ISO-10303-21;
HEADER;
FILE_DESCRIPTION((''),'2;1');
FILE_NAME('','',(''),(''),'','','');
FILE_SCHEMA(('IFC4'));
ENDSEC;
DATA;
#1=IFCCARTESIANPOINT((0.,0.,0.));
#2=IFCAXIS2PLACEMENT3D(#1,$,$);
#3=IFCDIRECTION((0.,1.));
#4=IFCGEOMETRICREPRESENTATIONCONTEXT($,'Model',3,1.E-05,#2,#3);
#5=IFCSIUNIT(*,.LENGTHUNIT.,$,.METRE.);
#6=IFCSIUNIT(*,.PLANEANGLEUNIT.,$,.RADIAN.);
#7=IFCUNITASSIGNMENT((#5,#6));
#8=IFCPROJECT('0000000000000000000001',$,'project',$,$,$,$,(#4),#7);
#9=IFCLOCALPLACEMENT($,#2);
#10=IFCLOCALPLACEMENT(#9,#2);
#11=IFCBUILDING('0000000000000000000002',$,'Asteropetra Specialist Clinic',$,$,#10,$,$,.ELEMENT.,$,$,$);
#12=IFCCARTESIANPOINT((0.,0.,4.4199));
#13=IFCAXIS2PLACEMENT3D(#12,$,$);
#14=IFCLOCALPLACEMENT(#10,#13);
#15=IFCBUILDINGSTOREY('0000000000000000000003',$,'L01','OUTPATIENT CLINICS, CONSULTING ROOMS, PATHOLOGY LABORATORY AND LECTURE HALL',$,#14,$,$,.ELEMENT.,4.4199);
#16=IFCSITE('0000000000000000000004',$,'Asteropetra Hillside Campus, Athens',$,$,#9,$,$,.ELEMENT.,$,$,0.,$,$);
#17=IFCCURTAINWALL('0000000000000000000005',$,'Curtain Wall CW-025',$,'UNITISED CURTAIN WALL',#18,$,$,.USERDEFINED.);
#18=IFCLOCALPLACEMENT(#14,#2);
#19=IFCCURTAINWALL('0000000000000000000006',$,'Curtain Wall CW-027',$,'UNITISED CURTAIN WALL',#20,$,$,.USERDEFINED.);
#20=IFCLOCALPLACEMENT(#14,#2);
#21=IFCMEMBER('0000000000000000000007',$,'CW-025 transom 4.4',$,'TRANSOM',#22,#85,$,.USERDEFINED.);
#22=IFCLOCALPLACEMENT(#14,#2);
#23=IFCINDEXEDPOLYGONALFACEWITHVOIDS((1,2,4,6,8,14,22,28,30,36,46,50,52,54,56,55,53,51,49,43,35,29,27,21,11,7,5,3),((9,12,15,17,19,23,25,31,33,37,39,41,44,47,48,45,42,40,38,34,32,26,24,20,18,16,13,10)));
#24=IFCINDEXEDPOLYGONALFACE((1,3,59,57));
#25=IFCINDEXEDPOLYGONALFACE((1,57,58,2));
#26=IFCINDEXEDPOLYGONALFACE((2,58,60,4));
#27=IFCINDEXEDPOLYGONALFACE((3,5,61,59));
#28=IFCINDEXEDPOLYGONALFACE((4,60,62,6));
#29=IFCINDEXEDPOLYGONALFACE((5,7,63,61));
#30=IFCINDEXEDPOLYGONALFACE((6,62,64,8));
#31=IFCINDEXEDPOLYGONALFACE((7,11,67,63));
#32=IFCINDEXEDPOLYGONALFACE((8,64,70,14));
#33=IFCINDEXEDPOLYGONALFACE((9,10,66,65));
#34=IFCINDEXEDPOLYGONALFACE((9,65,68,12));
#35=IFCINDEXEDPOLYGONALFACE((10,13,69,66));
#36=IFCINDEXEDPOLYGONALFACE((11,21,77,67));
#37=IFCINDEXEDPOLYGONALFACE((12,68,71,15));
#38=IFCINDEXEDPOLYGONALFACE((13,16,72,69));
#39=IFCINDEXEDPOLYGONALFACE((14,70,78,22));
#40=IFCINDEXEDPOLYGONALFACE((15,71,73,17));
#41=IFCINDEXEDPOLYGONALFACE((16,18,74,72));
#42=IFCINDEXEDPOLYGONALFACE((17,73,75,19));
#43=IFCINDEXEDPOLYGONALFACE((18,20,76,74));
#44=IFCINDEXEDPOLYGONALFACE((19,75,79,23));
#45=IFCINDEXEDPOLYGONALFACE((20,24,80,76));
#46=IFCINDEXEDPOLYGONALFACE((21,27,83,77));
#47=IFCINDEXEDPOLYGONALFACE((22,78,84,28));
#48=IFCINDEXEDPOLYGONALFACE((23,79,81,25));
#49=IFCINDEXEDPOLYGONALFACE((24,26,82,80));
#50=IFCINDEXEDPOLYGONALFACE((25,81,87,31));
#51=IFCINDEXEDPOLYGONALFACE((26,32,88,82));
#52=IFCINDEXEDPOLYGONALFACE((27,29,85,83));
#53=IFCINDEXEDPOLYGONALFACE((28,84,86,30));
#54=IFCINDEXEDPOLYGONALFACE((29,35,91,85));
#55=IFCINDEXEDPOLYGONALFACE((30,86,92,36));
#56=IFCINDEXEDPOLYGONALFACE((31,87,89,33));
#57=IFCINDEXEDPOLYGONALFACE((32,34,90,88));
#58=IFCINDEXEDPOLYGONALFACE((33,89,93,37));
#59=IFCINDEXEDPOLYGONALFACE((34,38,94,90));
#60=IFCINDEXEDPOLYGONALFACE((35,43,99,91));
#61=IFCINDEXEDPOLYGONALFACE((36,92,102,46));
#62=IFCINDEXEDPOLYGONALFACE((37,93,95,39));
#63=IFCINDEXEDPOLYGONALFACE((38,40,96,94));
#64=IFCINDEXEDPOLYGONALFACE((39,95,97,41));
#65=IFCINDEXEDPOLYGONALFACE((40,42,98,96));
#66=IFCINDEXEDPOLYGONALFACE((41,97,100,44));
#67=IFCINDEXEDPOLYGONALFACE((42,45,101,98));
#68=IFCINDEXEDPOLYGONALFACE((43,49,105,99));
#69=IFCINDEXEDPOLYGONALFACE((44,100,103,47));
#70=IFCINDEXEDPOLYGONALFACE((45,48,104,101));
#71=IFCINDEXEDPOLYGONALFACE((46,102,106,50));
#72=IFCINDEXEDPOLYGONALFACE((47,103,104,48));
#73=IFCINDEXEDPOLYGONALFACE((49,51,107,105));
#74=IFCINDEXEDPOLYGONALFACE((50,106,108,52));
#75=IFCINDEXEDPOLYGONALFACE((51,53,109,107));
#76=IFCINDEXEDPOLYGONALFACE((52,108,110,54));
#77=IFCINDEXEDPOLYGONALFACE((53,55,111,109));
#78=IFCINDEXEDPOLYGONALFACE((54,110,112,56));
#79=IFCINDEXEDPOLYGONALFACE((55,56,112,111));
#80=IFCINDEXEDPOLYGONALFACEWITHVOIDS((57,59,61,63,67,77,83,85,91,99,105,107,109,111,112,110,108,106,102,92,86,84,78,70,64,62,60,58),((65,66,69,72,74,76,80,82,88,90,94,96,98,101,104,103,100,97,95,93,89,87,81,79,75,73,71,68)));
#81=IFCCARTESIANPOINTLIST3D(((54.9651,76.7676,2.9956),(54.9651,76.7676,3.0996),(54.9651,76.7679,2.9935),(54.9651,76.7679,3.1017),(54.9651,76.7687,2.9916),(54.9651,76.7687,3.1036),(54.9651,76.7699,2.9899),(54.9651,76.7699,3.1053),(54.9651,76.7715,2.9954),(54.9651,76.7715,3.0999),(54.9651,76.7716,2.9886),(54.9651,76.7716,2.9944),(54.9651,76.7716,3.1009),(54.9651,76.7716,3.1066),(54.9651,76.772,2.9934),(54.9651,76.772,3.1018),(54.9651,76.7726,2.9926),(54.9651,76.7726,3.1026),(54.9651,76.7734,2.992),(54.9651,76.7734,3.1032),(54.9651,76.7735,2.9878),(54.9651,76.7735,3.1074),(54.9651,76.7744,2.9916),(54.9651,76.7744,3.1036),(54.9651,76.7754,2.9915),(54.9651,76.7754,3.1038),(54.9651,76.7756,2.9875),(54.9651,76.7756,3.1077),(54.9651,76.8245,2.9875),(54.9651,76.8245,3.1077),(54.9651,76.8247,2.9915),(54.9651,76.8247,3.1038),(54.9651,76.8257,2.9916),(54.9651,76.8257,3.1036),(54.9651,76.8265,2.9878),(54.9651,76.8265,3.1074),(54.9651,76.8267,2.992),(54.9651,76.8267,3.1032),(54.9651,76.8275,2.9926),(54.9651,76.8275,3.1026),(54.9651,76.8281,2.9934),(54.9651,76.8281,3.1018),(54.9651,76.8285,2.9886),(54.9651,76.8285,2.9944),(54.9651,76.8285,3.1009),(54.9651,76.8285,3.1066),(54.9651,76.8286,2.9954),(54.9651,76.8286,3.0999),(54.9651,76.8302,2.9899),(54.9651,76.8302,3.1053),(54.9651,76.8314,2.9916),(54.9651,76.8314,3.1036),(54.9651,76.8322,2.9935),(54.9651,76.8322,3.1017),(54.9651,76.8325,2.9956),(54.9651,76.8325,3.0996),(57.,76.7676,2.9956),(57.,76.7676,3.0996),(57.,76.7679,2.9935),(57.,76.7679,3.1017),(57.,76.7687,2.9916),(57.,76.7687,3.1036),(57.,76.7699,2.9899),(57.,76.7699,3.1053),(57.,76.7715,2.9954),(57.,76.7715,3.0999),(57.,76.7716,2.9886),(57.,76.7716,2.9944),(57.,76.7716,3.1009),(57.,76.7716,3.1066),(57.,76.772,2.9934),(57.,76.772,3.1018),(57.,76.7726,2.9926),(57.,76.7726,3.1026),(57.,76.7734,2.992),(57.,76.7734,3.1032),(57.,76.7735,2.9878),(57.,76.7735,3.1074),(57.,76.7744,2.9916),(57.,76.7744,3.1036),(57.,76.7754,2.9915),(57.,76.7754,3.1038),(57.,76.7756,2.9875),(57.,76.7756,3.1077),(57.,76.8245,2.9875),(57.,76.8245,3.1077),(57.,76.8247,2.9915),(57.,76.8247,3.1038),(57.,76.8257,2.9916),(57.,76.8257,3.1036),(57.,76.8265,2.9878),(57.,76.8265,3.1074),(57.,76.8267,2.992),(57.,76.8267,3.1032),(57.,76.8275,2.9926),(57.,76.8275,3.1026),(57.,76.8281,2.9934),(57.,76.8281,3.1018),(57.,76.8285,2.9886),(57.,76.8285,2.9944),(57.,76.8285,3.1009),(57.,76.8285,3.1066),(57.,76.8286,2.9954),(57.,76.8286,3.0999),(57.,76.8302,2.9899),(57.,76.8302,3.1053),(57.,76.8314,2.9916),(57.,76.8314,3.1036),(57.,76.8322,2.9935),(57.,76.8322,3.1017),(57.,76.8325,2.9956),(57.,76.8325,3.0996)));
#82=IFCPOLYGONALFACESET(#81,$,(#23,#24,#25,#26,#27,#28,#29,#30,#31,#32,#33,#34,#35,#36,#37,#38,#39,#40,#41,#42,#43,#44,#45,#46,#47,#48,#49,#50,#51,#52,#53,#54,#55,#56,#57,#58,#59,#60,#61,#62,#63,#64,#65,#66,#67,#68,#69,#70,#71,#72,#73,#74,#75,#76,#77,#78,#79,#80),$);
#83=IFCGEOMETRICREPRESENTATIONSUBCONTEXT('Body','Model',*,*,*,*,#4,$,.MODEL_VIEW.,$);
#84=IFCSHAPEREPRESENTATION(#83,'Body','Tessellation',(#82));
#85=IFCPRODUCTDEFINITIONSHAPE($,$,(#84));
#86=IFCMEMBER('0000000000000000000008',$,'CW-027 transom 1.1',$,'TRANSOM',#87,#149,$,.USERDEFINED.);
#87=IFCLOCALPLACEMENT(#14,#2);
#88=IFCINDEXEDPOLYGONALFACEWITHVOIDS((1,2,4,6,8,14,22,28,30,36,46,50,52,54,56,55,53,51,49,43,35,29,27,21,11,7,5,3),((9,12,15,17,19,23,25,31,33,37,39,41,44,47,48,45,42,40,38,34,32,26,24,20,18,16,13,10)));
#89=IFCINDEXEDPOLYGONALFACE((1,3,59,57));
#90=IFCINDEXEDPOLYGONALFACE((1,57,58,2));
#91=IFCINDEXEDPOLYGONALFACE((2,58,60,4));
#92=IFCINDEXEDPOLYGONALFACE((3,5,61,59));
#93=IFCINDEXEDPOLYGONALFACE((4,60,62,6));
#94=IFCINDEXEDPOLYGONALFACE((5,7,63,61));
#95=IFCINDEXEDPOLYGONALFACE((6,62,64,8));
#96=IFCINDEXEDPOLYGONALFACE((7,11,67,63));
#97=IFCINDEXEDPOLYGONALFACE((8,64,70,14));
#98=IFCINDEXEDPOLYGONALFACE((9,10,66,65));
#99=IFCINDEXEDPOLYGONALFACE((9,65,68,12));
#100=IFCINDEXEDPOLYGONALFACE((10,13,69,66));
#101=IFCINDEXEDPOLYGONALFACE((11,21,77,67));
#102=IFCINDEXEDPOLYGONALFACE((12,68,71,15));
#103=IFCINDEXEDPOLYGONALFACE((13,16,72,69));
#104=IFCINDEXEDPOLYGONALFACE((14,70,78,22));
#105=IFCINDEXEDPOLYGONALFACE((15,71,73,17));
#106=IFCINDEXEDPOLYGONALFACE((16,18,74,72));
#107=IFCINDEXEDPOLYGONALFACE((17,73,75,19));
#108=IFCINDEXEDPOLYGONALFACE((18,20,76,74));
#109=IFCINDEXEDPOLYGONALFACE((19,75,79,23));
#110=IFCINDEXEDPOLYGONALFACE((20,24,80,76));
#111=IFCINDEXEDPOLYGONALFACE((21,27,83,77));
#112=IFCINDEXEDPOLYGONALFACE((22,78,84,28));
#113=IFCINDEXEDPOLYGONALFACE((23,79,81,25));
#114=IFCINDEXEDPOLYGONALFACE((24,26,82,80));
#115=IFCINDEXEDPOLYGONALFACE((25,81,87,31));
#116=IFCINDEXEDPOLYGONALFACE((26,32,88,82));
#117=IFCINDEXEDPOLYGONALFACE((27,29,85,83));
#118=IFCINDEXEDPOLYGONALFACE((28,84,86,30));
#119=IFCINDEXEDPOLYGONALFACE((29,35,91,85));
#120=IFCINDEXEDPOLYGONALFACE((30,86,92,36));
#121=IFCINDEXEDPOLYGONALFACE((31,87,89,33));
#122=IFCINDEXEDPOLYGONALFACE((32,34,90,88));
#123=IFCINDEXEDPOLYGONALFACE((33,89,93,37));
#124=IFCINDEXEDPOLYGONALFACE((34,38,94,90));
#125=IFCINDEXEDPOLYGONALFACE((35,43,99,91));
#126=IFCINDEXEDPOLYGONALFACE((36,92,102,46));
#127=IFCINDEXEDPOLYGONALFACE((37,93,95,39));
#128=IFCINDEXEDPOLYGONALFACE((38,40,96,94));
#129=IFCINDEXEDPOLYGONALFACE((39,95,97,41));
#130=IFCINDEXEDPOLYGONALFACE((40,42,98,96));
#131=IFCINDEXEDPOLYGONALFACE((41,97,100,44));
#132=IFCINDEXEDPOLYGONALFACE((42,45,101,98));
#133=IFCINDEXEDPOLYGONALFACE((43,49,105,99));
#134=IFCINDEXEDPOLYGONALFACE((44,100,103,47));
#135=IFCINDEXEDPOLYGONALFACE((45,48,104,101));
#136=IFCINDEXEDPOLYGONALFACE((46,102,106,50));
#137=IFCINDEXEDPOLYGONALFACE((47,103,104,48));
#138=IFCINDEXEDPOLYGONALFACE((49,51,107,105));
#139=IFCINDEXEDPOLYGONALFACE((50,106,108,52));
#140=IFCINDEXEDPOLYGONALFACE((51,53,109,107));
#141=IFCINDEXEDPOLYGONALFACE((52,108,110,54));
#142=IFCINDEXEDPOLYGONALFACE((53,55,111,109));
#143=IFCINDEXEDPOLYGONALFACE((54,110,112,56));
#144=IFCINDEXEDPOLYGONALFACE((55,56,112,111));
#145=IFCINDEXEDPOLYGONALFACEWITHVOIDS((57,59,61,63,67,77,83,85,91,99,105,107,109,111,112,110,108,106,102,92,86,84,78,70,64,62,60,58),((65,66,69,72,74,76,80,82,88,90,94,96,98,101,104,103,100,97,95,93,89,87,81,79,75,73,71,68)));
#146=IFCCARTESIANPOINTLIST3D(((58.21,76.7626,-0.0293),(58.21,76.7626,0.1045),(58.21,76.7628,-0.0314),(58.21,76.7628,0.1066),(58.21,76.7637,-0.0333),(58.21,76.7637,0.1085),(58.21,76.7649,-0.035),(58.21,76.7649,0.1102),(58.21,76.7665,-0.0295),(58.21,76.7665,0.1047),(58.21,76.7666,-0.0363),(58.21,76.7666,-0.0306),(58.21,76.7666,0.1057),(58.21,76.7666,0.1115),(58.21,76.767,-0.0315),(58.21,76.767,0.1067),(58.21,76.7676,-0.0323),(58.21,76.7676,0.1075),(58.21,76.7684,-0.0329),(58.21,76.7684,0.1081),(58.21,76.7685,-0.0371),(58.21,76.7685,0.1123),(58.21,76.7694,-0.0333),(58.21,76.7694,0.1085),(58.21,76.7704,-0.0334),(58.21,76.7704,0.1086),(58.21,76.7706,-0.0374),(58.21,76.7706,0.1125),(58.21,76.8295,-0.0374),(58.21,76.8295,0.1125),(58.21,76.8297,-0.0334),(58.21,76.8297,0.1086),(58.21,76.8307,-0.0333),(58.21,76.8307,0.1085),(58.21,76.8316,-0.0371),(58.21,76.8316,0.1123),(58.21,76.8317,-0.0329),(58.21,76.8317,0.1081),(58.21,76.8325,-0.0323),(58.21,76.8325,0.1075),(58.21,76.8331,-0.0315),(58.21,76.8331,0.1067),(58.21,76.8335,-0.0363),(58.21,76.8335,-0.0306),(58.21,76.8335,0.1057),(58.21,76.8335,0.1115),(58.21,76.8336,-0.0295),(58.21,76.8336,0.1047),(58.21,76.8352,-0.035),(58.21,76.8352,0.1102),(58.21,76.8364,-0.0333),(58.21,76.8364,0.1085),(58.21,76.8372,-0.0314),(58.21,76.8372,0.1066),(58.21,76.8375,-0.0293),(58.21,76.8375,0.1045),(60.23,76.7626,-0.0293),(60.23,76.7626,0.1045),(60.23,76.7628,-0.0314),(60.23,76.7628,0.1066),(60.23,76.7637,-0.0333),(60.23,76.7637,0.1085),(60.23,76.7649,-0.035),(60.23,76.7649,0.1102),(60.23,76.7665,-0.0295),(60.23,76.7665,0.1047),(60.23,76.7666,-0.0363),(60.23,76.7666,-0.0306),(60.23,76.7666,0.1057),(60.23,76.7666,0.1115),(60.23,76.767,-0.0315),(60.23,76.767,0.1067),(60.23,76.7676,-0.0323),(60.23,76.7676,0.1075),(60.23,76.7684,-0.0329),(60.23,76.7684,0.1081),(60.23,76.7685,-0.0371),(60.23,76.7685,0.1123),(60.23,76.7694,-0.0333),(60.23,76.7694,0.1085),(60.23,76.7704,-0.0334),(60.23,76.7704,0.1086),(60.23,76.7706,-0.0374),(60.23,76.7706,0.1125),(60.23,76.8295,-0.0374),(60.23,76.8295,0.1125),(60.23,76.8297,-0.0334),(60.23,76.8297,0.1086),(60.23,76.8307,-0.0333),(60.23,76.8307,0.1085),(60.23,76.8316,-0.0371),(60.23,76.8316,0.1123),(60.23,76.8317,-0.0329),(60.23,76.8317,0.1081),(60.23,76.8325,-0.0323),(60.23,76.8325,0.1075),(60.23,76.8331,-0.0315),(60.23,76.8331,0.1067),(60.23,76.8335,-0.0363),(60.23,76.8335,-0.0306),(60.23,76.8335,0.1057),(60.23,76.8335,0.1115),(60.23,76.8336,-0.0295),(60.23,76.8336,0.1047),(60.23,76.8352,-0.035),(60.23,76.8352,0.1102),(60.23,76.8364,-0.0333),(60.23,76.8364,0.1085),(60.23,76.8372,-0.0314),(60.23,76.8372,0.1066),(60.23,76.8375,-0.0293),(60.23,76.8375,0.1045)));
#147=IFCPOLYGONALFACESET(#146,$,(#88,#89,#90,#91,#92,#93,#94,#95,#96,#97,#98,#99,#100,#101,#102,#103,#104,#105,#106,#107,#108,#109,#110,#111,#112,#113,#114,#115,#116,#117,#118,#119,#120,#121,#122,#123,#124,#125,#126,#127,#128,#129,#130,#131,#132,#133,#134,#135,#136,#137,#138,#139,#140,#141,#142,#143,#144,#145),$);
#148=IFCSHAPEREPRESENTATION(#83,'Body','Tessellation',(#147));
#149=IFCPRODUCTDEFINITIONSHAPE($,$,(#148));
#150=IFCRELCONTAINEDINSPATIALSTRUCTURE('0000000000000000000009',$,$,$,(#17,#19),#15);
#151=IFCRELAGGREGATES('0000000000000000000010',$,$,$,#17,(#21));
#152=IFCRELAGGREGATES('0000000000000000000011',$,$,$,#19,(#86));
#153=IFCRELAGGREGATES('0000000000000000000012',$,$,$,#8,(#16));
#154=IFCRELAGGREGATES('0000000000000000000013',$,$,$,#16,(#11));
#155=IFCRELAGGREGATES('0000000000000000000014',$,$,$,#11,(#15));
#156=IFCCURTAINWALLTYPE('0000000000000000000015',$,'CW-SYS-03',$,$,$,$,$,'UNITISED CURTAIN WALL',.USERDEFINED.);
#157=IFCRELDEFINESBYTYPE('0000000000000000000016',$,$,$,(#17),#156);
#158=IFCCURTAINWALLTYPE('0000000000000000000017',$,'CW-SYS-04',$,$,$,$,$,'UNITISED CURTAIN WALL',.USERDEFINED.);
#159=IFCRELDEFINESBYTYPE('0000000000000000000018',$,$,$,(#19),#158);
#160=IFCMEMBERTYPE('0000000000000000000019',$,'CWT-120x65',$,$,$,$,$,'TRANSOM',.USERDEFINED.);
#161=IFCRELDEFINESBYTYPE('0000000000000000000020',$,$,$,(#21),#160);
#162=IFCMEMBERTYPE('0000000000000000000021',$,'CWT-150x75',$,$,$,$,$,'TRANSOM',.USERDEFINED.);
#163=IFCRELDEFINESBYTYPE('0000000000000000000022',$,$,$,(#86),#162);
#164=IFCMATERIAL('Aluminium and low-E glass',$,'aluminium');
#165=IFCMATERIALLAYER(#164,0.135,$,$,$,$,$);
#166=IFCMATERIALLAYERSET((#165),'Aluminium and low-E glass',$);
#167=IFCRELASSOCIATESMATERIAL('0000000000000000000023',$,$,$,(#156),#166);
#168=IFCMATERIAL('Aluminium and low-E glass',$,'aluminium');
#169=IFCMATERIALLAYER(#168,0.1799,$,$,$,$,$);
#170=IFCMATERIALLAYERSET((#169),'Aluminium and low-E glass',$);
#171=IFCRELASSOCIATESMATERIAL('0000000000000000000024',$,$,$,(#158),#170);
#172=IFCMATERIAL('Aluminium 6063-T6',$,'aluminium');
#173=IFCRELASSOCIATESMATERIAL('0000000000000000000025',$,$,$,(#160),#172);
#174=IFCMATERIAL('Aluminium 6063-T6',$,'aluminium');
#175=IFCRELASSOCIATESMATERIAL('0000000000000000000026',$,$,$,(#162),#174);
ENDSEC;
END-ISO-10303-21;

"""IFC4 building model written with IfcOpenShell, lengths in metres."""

from ifc_helpers import new_model, si_unit, direction, frame, origin, origin_2d, place, context, subcontext, project, spatial, hollow_rectangle, extrude, material, layer, layer_set, material_profile, profile_set, type_object, element, aggregate, save


model = new_model("IFC4")

# Units and contexts
model_context = context("Model", 3, precision=1e-05, world=origin(), true_north=direction((0.0, 1.0)))
body_context = subcontext(model_context, "Body", "Model", "MODEL_VIEW")
ifc_project = project(units=[si_unit("LENGTHUNIT", "METRE"), si_unit("PLANEANGLEUNIT", "RADIAN")], contexts=[model_context])

# Site, building, storey
site_placement = place(None, origin())
site = spatial("IfcSite", under=ifc_project, at=site_placement, Name="Asteropetra Hillside Campus, Athens", CompositionType="ELEMENT", RefElevation=0.0)
building_placement = place(site_placement, origin())
building = spatial("IfcBuilding", under=site, at=building_placement, Name="Asteropetra Specialist Clinic", CompositionType="ELEMENT")
storey_placement = place(building_placement, frame((0.0, 0.0, 4.4199)))
storey = spatial("IfcBuildingStorey", under=building, at=storey_placement, Name="L01", Description="OUTPATIENT CLINICS, CONSULTING ROOMS, PATHOLOGY LABORATORY AND LECTURE HALL", CompositionType="ELEMENT", Elevation=4.4199)

# Curtain wall
ifc_material_1 = material(Name="Aluminium and low-E glass", Category="aluminium")
ifc_layer_1 = layer(ifc_material_1, 0.135)
ifc_layer_set_1 = layer_set([ifc_layer_1], Name="Aluminium and low-E glass")
curtain_wall_type_1 = type_object("IfcCurtainWallType", Name="CW-SYS-03", ElementType="UNITISED CURTAIN WALL", PredefinedType="USERDEFINED", material=ifc_layer_set_1)
curtain_wall_1_placement = place(storey_placement, origin())
curtain_wall_1 = element("IfcCurtainWall", 1, at=curtain_wall_1_placement, inside=storey, type_object=curtain_wall_type_1, Name="Curtain Wall CW-025", ObjectType="UNITISED CURTAIN WALL", PredefinedType="USERDEFINED")

# Curtain wall
ifc_material_2 = material(Name="Aluminium and low-E glass", Category="aluminium")
ifc_layer_2 = layer(ifc_material_2, 0.1799)
ifc_layer_set_2 = layer_set([ifc_layer_2], Name="Aluminium and low-E glass")
curtain_wall_type_2 = type_object("IfcCurtainWallType", Name="CW-SYS-04", ElementType="UNITISED CURTAIN WALL", PredefinedType="USERDEFINED", material=ifc_layer_set_2)
curtain_wall_2_placement = place(storey_placement, origin())
curtain_wall_2 = element("IfcCurtainWall", 2, at=curtain_wall_2_placement, inside=storey, type_object=curtain_wall_type_2, Name="Curtain Wall CW-027", ObjectType="UNITISED CURTAIN WALL", PredefinedType="USERDEFINED")

# Members
ifc_material_3 = material(Name="Aluminium 6063-T6", Category="aluminium")
ifc_material_profile_1 = material_profile(ifc_material_3, hollow_rectangle(XDim=0.0649, YDim=0.1201, WallThickness=0.0039, InnerFilletRadius=0.0039, OuterFilletRadius=0.0081, at=origin_2d()), Name="TRN 120x65x4.0")
ifc_profile_set_1 = profile_set([ifc_material_profile_1], Name="Aluminium 6063-T6")
member_type_1 = type_object("IfcMemberType", Name="CWT-120x65", ElementType="TRANSOM", PredefinedType="USERDEFINED", material=ifc_profile_set_1)
member_1_placement = place(storey_placement, frame((54.9651, 76.8, 3.0476), z_axis=(1.0, 0.0, 0.0), x_axis=(0.0, 1.0, 0.0)))
member_1 = element("IfcMember", 3, at=member_1_placement, type_object=member_type_1, Name="CW-025 transom 4.4", ObjectType="TRANSOM", PredefinedType="USERDEFINED", context=body_context, shape_type="SweptSolid", body=[
    extrude(hollow_rectangle(XDim=0.0649, YDim=0.1201, WallThickness=0.0039, InnerFilletRadius=0.0039, OuterFilletRadius=0.0081, at=origin_2d()), origin(), (0.0, 0.0, 1.0), 2.0349),
])
ifc_material_4 = material(Name="Aluminium 6063-T6", Category="aluminium")
ifc_material_profile_2 = material_profile(ifc_material_4, hollow_rectangle(XDim=0.075, YDim=0.1499, WallThickness=0.0039, InnerFilletRadius=0.0039, OuterFilletRadius=0.0081, at=origin_2d()), Name="TRN 150x75x4.0")
ifc_profile_set_2 = profile_set([ifc_material_profile_2], Name="Aluminium 6063-T6")
member_type_2 = type_object("IfcMemberType", Name="CWT-150x75", ElementType="TRANSOM", PredefinedType="USERDEFINED", material=ifc_profile_set_2)
member_2_placement = place(storey_placement, frame((58.21, 76.8, 0.0376), z_axis=(1.0, 0.0, 0.0), x_axis=(0.0, 1.0, 0.0)))
member_2 = element("IfcMember", 4, at=member_2_placement, type_object=member_type_2, Name="CW-027 transom 1.1", ObjectType="TRANSOM", PredefinedType="USERDEFINED", context=body_context, shape_type="SweptSolid", body=[
    extrude(hollow_rectangle(XDim=0.075, YDim=0.1499, WallThickness=0.0039, InnerFilletRadius=0.0039, OuterFilletRadius=0.0081, at=origin_2d()), origin(), (0.0, 0.0, 1.0), 2.02),
])

aggregate(curtain_wall_1, [member_1])
aggregate(curtain_wall_2, [member_2])

save(model, "model.ifc")
